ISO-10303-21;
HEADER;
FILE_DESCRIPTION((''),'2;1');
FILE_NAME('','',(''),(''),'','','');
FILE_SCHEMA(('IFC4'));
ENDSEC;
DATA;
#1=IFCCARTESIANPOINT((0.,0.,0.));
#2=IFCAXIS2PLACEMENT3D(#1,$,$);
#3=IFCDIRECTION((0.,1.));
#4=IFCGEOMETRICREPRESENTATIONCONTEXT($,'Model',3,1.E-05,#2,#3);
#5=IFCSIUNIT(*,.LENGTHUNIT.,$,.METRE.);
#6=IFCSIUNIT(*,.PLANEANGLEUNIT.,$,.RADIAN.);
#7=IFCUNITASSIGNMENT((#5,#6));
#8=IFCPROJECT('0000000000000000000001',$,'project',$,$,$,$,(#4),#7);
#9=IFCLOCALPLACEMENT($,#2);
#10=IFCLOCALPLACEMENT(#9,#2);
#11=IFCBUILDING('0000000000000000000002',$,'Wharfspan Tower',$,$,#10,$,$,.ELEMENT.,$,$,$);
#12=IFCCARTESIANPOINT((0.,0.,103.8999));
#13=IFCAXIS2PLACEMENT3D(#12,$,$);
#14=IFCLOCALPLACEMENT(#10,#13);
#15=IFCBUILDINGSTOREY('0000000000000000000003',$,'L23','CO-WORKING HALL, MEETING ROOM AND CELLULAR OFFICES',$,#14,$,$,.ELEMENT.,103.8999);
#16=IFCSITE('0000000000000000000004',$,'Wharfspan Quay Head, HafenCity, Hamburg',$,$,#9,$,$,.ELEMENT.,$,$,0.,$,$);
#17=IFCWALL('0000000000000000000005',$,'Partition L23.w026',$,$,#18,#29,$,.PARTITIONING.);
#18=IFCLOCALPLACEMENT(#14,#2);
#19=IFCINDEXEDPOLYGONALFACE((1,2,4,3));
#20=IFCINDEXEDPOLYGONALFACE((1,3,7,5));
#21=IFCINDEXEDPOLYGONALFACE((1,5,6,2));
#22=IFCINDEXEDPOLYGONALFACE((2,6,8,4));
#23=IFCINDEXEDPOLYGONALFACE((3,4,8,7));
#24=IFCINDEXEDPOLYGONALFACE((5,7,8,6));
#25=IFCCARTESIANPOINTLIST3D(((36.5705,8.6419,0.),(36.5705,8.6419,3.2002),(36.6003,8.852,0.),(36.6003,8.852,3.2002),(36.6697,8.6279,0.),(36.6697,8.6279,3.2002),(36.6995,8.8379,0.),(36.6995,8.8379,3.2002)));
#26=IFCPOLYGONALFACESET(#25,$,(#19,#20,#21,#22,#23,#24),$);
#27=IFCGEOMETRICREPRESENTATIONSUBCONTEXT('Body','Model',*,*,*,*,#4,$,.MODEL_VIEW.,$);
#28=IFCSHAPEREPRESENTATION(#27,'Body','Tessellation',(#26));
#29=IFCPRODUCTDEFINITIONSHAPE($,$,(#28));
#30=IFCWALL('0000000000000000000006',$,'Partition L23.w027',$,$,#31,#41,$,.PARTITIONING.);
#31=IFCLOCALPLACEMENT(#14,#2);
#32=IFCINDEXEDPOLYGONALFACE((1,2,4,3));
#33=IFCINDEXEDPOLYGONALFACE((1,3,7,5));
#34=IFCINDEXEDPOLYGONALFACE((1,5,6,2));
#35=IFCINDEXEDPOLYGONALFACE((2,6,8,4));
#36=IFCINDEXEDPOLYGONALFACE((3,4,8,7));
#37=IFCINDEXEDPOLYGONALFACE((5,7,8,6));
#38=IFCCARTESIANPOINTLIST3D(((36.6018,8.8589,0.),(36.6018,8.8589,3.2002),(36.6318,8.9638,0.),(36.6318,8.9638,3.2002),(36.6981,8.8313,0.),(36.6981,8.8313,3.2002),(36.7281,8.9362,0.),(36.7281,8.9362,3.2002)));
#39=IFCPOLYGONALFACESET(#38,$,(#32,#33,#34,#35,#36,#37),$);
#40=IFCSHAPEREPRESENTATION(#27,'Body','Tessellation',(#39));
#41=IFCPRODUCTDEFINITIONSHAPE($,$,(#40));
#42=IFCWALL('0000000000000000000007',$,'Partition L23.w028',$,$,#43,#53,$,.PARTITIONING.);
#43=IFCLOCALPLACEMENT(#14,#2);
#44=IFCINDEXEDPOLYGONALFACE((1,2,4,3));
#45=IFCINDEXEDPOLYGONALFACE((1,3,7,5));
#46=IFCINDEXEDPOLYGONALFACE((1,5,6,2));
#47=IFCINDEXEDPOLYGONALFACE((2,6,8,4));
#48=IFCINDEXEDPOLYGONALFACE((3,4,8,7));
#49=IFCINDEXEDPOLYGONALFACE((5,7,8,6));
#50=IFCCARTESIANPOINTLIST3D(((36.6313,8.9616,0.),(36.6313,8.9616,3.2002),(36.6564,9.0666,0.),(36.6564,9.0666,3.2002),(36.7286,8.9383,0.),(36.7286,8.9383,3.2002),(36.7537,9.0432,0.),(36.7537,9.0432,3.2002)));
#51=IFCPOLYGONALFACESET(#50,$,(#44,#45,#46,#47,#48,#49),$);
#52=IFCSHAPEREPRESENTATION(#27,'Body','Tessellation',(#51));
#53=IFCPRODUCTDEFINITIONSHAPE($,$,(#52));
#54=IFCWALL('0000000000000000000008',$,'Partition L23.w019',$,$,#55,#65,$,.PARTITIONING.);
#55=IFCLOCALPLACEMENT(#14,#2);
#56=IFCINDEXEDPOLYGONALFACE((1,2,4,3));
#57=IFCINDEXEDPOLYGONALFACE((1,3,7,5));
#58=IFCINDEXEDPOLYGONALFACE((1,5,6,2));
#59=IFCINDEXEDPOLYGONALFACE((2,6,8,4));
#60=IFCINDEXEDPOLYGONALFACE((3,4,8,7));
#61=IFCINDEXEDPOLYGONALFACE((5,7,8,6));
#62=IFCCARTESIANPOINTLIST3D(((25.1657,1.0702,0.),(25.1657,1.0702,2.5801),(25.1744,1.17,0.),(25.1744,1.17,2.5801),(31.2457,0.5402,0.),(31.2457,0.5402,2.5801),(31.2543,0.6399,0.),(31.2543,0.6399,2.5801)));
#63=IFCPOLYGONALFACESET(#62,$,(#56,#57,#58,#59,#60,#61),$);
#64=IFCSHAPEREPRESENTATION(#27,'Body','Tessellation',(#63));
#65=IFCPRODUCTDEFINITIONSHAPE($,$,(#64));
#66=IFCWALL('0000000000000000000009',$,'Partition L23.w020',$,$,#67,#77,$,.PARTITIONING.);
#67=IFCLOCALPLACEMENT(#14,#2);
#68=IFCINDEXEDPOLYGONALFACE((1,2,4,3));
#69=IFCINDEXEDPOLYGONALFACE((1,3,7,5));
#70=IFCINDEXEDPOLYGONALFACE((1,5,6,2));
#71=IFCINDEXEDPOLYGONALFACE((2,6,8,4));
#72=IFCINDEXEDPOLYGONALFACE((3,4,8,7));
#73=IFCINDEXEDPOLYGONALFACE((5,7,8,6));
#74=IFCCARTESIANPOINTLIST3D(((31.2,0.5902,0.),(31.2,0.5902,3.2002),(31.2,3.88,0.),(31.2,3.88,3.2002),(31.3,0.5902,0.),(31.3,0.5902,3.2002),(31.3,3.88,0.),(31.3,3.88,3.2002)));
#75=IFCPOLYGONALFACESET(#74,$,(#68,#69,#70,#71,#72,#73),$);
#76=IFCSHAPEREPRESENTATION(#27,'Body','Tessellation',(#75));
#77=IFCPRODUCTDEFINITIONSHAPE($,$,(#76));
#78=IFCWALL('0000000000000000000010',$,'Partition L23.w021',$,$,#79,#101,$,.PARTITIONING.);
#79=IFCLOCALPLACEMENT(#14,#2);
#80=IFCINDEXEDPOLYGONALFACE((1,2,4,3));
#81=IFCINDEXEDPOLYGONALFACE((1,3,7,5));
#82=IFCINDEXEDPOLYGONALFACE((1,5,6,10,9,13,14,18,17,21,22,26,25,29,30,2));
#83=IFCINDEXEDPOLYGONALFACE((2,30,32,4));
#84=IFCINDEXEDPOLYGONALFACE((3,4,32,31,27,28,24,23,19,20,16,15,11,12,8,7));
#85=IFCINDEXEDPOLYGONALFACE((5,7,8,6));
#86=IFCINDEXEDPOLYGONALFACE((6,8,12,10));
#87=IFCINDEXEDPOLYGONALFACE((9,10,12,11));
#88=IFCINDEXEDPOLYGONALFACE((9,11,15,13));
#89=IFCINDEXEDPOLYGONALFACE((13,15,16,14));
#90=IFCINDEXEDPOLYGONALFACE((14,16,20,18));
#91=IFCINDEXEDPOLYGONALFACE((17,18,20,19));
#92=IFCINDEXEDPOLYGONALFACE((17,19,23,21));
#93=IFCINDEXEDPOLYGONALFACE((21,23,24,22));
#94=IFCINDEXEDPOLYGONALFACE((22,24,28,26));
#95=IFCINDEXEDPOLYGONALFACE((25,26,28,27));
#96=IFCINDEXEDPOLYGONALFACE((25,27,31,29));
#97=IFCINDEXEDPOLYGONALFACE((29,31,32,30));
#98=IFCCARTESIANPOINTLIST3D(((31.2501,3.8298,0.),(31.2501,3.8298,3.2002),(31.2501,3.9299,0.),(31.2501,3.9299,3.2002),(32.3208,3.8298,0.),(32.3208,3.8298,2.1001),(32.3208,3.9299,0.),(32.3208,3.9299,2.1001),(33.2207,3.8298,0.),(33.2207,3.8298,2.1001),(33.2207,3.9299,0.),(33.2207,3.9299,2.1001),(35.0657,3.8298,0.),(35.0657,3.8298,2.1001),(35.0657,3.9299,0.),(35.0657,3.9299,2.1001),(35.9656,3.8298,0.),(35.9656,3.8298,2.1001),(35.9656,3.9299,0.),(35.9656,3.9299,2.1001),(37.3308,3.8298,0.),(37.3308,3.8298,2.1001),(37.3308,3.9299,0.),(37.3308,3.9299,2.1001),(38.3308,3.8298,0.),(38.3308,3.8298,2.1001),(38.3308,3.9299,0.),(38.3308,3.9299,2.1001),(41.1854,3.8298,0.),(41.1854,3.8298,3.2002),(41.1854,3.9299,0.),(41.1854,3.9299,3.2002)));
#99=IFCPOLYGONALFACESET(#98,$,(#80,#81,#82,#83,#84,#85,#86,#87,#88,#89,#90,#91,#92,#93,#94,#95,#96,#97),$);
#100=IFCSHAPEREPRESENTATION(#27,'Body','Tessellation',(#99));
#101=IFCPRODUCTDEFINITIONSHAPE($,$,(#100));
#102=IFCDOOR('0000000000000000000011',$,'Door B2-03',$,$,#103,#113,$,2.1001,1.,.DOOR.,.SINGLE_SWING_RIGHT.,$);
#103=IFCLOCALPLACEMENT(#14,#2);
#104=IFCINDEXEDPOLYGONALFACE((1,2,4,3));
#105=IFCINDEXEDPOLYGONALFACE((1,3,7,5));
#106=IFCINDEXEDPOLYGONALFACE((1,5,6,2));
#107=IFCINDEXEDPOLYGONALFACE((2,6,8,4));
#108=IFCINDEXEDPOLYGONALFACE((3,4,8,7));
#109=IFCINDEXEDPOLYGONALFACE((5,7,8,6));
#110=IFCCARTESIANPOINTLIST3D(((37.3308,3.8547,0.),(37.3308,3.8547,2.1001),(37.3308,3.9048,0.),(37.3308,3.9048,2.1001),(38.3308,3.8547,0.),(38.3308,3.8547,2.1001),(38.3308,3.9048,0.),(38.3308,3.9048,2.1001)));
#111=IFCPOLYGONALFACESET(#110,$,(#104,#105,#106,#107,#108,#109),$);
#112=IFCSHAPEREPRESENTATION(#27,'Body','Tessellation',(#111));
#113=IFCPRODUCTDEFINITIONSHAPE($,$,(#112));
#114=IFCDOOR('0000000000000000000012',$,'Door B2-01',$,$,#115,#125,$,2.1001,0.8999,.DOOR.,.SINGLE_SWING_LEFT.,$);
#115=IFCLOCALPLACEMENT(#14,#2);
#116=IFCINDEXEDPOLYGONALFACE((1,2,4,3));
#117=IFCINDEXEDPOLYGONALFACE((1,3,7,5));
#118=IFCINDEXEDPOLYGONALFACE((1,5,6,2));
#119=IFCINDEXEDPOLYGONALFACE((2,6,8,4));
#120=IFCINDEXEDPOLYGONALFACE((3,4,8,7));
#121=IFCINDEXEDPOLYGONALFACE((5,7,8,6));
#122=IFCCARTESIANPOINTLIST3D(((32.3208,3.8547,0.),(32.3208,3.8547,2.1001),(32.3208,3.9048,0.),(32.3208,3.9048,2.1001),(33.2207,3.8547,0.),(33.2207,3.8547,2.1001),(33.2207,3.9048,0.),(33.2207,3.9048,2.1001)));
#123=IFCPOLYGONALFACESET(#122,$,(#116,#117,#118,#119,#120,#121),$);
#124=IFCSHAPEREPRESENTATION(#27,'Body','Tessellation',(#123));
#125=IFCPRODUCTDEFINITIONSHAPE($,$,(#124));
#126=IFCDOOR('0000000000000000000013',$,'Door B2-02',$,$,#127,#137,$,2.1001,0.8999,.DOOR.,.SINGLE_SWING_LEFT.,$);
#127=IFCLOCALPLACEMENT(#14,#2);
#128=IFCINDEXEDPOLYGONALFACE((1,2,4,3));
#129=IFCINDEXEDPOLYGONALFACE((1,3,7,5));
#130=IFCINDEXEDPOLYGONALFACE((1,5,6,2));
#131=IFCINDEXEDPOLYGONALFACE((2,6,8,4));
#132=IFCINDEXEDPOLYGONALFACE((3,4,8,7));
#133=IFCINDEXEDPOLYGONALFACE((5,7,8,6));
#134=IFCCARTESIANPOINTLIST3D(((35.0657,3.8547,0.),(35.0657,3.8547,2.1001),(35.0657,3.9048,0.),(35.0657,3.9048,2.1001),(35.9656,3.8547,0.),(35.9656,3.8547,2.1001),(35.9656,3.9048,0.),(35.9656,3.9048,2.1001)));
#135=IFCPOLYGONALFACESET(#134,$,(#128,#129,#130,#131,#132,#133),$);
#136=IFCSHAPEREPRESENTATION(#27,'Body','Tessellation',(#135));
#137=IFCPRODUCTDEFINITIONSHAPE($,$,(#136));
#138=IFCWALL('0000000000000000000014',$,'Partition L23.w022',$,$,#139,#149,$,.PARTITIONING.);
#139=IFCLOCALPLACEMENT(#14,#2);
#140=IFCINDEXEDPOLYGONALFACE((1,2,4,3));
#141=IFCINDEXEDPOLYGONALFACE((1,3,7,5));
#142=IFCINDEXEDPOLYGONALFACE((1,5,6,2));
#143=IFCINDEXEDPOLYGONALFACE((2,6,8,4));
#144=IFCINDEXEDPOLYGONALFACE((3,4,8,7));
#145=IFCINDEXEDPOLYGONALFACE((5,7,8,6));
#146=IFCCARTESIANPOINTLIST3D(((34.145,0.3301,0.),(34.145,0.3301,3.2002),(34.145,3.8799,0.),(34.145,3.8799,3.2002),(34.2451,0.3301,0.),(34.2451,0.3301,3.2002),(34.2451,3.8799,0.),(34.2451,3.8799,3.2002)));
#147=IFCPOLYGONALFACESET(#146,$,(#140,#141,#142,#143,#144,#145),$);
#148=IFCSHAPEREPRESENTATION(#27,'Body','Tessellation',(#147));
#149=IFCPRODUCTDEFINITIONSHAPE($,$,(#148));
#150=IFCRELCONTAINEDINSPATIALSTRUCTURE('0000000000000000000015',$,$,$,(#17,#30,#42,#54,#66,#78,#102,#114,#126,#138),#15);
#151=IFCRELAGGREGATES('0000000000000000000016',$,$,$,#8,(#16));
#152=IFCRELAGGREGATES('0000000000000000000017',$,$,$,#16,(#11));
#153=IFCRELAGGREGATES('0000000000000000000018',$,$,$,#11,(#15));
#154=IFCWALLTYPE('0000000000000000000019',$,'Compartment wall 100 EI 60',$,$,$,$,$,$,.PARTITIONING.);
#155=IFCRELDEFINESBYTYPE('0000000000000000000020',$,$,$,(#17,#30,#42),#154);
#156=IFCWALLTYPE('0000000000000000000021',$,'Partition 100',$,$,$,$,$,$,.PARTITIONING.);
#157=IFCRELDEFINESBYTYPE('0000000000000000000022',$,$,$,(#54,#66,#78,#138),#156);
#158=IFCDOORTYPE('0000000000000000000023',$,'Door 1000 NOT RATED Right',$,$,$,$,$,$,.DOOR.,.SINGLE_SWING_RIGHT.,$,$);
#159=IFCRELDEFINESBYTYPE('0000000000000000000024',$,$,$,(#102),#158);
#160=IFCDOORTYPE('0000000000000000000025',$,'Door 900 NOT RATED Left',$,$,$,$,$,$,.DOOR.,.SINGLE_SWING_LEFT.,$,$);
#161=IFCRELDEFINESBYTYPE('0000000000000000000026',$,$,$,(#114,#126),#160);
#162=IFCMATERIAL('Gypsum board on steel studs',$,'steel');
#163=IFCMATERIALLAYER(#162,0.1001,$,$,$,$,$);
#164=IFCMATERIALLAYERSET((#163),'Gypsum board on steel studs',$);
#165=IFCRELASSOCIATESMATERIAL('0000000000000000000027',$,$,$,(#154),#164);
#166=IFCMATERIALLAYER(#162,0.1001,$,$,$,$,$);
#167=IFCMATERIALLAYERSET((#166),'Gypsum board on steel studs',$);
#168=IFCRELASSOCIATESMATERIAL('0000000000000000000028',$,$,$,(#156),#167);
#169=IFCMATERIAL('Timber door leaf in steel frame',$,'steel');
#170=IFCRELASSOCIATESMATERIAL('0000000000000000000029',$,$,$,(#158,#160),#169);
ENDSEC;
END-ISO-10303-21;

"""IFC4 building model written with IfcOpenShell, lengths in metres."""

from ifc_helpers import new_model, si_unit, direction, frame, frame_2d, origin, place, context, subcontext, project, spatial, rectangle, extrude, material, layer, layer_set, type_object, element, fill, save


model = new_model("IFC4")

# Units and contexts
model_context = context("Model", 3, precision=1e-05, world=origin(), true_north=direction((0.0, 1.0)))
body_context = subcontext(model_context, "Body", "Model", "MODEL_VIEW")
ifc_project = project(units=[si_unit("LENGTHUNIT", "METRE"), si_unit("PLANEANGLEUNIT", "RADIAN")], contexts=[model_context])

# Site, building, storey
site_placement = place(None, origin())
site = spatial("IfcSite", under=ifc_project, at=site_placement, Name="Wharfspan Quay Head, HafenCity, Hamburg", CompositionType="ELEMENT", RefElevation=0.0)
building_placement = place(site_placement, origin())
building = spatial("IfcBuilding", under=site, at=building_placement, Name="Wharfspan Tower", CompositionType="ELEMENT")
storey_placement = place(building_placement, frame((0.0, 0.0, 103.8999)))
storey = spatial("IfcBuildingStorey", under=building, at=storey_placement, Name="L23", Description="CO-WORKING HALL, MEETING ROOM AND CELLULAR OFFICES", CompositionType="ELEMENT", Elevation=103.8999)

# Walls
ifc_material_1 = material(Name="Gypsum board on steel studs", Category="steel")
ifc_layer_1 = layer(ifc_material_1, 0.1001)
ifc_layer_set_1 = layer_set([ifc_layer_1], Name="Gypsum board on steel studs")
wall_type_1 = type_object("IfcWallType", Name="Compartment wall 100 EI 60", PredefinedType="PARTITIONING", material=ifc_layer_set_1)
wall_1_placement = place(storey_placement, frame((36.6201, 8.635, 0.0), z_axis=(0.0, 0.0, 1.0), x_axis=(0.140454, 0.990086, 0.0)))
element("IfcWall", 1, at=wall_1_placement, inside=storey, type_object=wall_type_1, Name="Partition L23.w026", PredefinedType="PARTITIONING", context=body_context, shape_type="SweptSolid", body=[
    extrude(rectangle(XDim=0.2122, YDim=0.1001, at=frame_2d((0.106, 0.0))), origin(), (0.0, 0.0, 1.0), 3.2002),
])
wall_2_placement = place(storey_placement, frame((36.6499, 8.845, 0.0), z_axis=(0.0, 0.0, 1.0), x_axis=(0.275016, 0.961438, 0.0)))
element("IfcWall", 2, at=wall_2_placement, inside=storey, type_object=wall_type_1, Name="Partition L23.w027", PredefinedType="PARTITIONING", context=body_context, shape_type="SweptSolid", body=[
    extrude(rectangle(XDim=0.1091, YDim=0.1001, at=frame_2d((0.0547, 0.0))), origin(), (0.0, 0.0, 1.0), 3.2002),
])
wall_3_placement = place(storey_placement, frame((36.6799, 8.95, 0.0), z_axis=(0.0, 0.0, 1.0), x_axis=(0.232946, 0.972493, 0.0)))
element("IfcWall", 3, at=wall_3_placement, inside=storey, type_object=wall_type_1, Name="Partition L23.w028", PredefinedType="PARTITIONING", context=body_context, shape_type="SweptSolid", body=[
    extrude(rectangle(XDim=0.1079, YDim=0.1001, at=frame_2d((0.054, 0.0))), origin(), (0.0, 0.0, 1.0), 3.2002),
])
ifc_layer_2 = layer(ifc_material_1, 0.1001)
ifc_layer_set_2 = layer_set([ifc_layer_2], Name="Gypsum board on steel studs")
wall_type_2 = type_object("IfcWallType", Name="Partition 100", PredefinedType="PARTITIONING", material=ifc_layer_set_2)
wall_4_placement = place(storey_placement, frame((31.25, 0.5901, 0.0), z_axis=(0.0, 0.0, 1.0), x_axis=(-0.996218, 0.086845, 0.0)))
element("IfcWall", 4, at=wall_4_placement, inside=storey, type_object=wall_type_2, Name="Partition L23.w019", PredefinedType="PARTITIONING", context=body_context, shape_type="SweptSolid", body=[
    extrude(rectangle(XDim=6.103, YDim=0.1001, at=frame_2d((3.0515, 0.0))), origin(), (0.0, 0.0, 1.0), 2.5801),
])
wall_5_placement = place(storey_placement, frame((31.25, 0.5901, 0.0), z_axis=(0.0, 0.0, 1.0), x_axis=(0.0, 1.0, 0.0)))
element("IfcWall", 5, at=wall_5_placement, inside=storey, type_object=wall_type_2, Name="Partition L23.w020", PredefinedType="PARTITIONING", context=body_context, shape_type="SweptSolid", body=[
    extrude(rectangle(XDim=3.2898, YDim=0.1001, at=frame_2d((1.645, 0.0))), origin(), (0.0, 0.0, 1.0), 3.2002),
])

# Wall, openings, doors
wall_6_placement = place(storey_placement, frame((31.25, 3.8799, 0.0), z_axis=(0.0, 0.0, 1.0), x_axis=(1.0, 0.0, 0.0)))
wall_6 = element("IfcWall", 6, at=wall_6_placement, inside=storey, type_object=wall_type_2, Name="Partition L23.w021", PredefinedType="PARTITIONING", context=body_context, shape_type="SweptSolid", body=[
    extrude(rectangle(XDim=9.9353, YDim=0.1001, at=frame_2d((4.9678, 0.0))), origin(), (0.0, 0.0, 1.0), 3.2002),
])
opening_1_placement = place(wall_6_placement, frame((1.0708, 0.0, 0.0)))
opening_1 = element("IfcOpeningElement", 7, at=opening_1_placement, cuts=wall_6, PredefinedType="OPENING", context=body_context, shape_type="SweptSolid", body=[
    extrude(rectangle(XDim=0.8999, YDim=2.1001, at=frame_2d((0.45, 1.05))), frame((0.0, 0.0601, 0.0), z_axis=(0.0, -1.0, 0.0), x_axis=(1.0, 0.0, 0.0)), (0.0, 0.0, 1.0), 0.1201),
])
opening_2_placement = place(wall_6_placement, frame((3.8157, 0.0, 0.0)))
opening_2 = element("IfcOpeningElement", 8, at=opening_2_placement, cuts=wall_6, PredefinedType="OPENING", context=body_context, shape_type="SweptSolid", body=[
    extrude(rectangle(XDim=0.8999, YDim=2.1001, at=frame_2d((0.45, 1.05))), frame((0.0, 0.0601, 0.0), z_axis=(0.0, -1.0, 0.0), x_axis=(1.0, 0.0, 0.0)), (0.0, 0.0, 1.0), 0.1201),
])
opening_3_placement = place(wall_6_placement, frame((6.0808, 0.0, 0.0)))
opening_3 = element("IfcOpeningElement", 9, at=opening_3_placement, cuts=wall_6, PredefinedType="OPENING", context=body_context, shape_type="SweptSolid", body=[
    extrude(rectangle(XDim=1.0, YDim=2.1001, at=frame_2d((0.5, 1.05))), frame((0.0, 0.0601, 0.0), z_axis=(0.0, -1.0, 0.0), x_axis=(1.0, 0.0, 0.0)), (0.0, 0.0, 1.0), 0.1201),
])
ifc_material_2 = material(Name="Timber door leaf in steel frame", Category="steel")
door_type_1 = type_object("IfcDoorType", Name="Door 1000 NOT RATED Right", OperationType="SINGLE_SWING_RIGHT", PredefinedType="DOOR", material=ifc_material_2)
door_1_placement = place(opening_3_placement, origin())
door_1 = element("IfcDoor", 10, at=door_1_placement, inside=storey, type_object=door_type_1, Name="Door B2-03", OperationType="SINGLE_SWING_RIGHT", OverallHeight=2.1001, OverallWidth=1.0, PredefinedType="DOOR", context=body_context, shape_type="SweptSolid", body=[
    extrude(rectangle(XDim=1.0, YDim=2.1001, at=frame_2d((0.5, 1.05))), frame((0.0, 0.0249, 0.0), z_axis=(0.0, -1.0, 0.0), x_axis=(1.0, 0.0, 0.0)), (0.0, 0.0, 1.0), 0.05),
])
fill(opening_3, door_1)
door_type_2 = type_object("IfcDoorType", Name="Door 900 NOT RATED Left", OperationType="SINGLE_SWING_LEFT", PredefinedType="DOOR", material=ifc_material_2)
door_2_placement = place(opening_1_placement, origin())
door_2 = element("IfcDoor", 11, at=door_2_placement, inside=storey, type_object=door_type_2, Name="Door B2-01", OperationType="SINGLE_SWING_LEFT", OverallHeight=2.1001, OverallWidth=0.8999, PredefinedType="DOOR", context=body_context, shape_type="SweptSolid", body=[
    extrude(rectangle(XDim=0.8999, YDim=2.1001, at=frame_2d((0.45, 1.05))), frame((0.0, 0.0249, 0.0), z_axis=(0.0, -1.0, 0.0), x_axis=(1.0, 0.0, 0.0)), (0.0, 0.0, 1.0), 0.05),
])
fill(opening_1, door_2)
door_3_placement = place(opening_2_placement, origin())
door_3 = element("IfcDoor", 12, at=door_3_placement, inside=storey, type_object=door_type_2, Name="Door B2-02", OperationType="SINGLE_SWING_LEFT", OverallHeight=2.1001, OverallWidth=0.8999, PredefinedType="DOOR", context=body_context, shape_type="SweptSolid", body=[
    extrude(rectangle(XDim=0.8999, YDim=2.1001, at=frame_2d((0.45, 1.05))), frame((0.0, 0.0249, 0.0), z_axis=(0.0, -1.0, 0.0), x_axis=(1.0, 0.0, 0.0)), (0.0, 0.0, 1.0), 0.05),
])
fill(opening_2, door_3)

# Wall
wall_7_placement = place(storey_placement, frame((34.1951, 0.3301, 0.0), z_axis=(0.0, 0.0, 1.0), x_axis=(0.0, 1.0, 0.0)))
element("IfcWall", 13, at=wall_7_placement, inside=storey, type_object=wall_type_2, Name="Partition L23.w022", PredefinedType="PARTITIONING", context=body_context, shape_type="SweptSolid", body=[
    extrude(rectangle(XDim=3.5498, YDim=0.1001, at=frame_2d((1.7749, 0.0))), origin(), (0.0, 0.0, 1.0), 3.2002),
])

save(model, "model.ifc")
